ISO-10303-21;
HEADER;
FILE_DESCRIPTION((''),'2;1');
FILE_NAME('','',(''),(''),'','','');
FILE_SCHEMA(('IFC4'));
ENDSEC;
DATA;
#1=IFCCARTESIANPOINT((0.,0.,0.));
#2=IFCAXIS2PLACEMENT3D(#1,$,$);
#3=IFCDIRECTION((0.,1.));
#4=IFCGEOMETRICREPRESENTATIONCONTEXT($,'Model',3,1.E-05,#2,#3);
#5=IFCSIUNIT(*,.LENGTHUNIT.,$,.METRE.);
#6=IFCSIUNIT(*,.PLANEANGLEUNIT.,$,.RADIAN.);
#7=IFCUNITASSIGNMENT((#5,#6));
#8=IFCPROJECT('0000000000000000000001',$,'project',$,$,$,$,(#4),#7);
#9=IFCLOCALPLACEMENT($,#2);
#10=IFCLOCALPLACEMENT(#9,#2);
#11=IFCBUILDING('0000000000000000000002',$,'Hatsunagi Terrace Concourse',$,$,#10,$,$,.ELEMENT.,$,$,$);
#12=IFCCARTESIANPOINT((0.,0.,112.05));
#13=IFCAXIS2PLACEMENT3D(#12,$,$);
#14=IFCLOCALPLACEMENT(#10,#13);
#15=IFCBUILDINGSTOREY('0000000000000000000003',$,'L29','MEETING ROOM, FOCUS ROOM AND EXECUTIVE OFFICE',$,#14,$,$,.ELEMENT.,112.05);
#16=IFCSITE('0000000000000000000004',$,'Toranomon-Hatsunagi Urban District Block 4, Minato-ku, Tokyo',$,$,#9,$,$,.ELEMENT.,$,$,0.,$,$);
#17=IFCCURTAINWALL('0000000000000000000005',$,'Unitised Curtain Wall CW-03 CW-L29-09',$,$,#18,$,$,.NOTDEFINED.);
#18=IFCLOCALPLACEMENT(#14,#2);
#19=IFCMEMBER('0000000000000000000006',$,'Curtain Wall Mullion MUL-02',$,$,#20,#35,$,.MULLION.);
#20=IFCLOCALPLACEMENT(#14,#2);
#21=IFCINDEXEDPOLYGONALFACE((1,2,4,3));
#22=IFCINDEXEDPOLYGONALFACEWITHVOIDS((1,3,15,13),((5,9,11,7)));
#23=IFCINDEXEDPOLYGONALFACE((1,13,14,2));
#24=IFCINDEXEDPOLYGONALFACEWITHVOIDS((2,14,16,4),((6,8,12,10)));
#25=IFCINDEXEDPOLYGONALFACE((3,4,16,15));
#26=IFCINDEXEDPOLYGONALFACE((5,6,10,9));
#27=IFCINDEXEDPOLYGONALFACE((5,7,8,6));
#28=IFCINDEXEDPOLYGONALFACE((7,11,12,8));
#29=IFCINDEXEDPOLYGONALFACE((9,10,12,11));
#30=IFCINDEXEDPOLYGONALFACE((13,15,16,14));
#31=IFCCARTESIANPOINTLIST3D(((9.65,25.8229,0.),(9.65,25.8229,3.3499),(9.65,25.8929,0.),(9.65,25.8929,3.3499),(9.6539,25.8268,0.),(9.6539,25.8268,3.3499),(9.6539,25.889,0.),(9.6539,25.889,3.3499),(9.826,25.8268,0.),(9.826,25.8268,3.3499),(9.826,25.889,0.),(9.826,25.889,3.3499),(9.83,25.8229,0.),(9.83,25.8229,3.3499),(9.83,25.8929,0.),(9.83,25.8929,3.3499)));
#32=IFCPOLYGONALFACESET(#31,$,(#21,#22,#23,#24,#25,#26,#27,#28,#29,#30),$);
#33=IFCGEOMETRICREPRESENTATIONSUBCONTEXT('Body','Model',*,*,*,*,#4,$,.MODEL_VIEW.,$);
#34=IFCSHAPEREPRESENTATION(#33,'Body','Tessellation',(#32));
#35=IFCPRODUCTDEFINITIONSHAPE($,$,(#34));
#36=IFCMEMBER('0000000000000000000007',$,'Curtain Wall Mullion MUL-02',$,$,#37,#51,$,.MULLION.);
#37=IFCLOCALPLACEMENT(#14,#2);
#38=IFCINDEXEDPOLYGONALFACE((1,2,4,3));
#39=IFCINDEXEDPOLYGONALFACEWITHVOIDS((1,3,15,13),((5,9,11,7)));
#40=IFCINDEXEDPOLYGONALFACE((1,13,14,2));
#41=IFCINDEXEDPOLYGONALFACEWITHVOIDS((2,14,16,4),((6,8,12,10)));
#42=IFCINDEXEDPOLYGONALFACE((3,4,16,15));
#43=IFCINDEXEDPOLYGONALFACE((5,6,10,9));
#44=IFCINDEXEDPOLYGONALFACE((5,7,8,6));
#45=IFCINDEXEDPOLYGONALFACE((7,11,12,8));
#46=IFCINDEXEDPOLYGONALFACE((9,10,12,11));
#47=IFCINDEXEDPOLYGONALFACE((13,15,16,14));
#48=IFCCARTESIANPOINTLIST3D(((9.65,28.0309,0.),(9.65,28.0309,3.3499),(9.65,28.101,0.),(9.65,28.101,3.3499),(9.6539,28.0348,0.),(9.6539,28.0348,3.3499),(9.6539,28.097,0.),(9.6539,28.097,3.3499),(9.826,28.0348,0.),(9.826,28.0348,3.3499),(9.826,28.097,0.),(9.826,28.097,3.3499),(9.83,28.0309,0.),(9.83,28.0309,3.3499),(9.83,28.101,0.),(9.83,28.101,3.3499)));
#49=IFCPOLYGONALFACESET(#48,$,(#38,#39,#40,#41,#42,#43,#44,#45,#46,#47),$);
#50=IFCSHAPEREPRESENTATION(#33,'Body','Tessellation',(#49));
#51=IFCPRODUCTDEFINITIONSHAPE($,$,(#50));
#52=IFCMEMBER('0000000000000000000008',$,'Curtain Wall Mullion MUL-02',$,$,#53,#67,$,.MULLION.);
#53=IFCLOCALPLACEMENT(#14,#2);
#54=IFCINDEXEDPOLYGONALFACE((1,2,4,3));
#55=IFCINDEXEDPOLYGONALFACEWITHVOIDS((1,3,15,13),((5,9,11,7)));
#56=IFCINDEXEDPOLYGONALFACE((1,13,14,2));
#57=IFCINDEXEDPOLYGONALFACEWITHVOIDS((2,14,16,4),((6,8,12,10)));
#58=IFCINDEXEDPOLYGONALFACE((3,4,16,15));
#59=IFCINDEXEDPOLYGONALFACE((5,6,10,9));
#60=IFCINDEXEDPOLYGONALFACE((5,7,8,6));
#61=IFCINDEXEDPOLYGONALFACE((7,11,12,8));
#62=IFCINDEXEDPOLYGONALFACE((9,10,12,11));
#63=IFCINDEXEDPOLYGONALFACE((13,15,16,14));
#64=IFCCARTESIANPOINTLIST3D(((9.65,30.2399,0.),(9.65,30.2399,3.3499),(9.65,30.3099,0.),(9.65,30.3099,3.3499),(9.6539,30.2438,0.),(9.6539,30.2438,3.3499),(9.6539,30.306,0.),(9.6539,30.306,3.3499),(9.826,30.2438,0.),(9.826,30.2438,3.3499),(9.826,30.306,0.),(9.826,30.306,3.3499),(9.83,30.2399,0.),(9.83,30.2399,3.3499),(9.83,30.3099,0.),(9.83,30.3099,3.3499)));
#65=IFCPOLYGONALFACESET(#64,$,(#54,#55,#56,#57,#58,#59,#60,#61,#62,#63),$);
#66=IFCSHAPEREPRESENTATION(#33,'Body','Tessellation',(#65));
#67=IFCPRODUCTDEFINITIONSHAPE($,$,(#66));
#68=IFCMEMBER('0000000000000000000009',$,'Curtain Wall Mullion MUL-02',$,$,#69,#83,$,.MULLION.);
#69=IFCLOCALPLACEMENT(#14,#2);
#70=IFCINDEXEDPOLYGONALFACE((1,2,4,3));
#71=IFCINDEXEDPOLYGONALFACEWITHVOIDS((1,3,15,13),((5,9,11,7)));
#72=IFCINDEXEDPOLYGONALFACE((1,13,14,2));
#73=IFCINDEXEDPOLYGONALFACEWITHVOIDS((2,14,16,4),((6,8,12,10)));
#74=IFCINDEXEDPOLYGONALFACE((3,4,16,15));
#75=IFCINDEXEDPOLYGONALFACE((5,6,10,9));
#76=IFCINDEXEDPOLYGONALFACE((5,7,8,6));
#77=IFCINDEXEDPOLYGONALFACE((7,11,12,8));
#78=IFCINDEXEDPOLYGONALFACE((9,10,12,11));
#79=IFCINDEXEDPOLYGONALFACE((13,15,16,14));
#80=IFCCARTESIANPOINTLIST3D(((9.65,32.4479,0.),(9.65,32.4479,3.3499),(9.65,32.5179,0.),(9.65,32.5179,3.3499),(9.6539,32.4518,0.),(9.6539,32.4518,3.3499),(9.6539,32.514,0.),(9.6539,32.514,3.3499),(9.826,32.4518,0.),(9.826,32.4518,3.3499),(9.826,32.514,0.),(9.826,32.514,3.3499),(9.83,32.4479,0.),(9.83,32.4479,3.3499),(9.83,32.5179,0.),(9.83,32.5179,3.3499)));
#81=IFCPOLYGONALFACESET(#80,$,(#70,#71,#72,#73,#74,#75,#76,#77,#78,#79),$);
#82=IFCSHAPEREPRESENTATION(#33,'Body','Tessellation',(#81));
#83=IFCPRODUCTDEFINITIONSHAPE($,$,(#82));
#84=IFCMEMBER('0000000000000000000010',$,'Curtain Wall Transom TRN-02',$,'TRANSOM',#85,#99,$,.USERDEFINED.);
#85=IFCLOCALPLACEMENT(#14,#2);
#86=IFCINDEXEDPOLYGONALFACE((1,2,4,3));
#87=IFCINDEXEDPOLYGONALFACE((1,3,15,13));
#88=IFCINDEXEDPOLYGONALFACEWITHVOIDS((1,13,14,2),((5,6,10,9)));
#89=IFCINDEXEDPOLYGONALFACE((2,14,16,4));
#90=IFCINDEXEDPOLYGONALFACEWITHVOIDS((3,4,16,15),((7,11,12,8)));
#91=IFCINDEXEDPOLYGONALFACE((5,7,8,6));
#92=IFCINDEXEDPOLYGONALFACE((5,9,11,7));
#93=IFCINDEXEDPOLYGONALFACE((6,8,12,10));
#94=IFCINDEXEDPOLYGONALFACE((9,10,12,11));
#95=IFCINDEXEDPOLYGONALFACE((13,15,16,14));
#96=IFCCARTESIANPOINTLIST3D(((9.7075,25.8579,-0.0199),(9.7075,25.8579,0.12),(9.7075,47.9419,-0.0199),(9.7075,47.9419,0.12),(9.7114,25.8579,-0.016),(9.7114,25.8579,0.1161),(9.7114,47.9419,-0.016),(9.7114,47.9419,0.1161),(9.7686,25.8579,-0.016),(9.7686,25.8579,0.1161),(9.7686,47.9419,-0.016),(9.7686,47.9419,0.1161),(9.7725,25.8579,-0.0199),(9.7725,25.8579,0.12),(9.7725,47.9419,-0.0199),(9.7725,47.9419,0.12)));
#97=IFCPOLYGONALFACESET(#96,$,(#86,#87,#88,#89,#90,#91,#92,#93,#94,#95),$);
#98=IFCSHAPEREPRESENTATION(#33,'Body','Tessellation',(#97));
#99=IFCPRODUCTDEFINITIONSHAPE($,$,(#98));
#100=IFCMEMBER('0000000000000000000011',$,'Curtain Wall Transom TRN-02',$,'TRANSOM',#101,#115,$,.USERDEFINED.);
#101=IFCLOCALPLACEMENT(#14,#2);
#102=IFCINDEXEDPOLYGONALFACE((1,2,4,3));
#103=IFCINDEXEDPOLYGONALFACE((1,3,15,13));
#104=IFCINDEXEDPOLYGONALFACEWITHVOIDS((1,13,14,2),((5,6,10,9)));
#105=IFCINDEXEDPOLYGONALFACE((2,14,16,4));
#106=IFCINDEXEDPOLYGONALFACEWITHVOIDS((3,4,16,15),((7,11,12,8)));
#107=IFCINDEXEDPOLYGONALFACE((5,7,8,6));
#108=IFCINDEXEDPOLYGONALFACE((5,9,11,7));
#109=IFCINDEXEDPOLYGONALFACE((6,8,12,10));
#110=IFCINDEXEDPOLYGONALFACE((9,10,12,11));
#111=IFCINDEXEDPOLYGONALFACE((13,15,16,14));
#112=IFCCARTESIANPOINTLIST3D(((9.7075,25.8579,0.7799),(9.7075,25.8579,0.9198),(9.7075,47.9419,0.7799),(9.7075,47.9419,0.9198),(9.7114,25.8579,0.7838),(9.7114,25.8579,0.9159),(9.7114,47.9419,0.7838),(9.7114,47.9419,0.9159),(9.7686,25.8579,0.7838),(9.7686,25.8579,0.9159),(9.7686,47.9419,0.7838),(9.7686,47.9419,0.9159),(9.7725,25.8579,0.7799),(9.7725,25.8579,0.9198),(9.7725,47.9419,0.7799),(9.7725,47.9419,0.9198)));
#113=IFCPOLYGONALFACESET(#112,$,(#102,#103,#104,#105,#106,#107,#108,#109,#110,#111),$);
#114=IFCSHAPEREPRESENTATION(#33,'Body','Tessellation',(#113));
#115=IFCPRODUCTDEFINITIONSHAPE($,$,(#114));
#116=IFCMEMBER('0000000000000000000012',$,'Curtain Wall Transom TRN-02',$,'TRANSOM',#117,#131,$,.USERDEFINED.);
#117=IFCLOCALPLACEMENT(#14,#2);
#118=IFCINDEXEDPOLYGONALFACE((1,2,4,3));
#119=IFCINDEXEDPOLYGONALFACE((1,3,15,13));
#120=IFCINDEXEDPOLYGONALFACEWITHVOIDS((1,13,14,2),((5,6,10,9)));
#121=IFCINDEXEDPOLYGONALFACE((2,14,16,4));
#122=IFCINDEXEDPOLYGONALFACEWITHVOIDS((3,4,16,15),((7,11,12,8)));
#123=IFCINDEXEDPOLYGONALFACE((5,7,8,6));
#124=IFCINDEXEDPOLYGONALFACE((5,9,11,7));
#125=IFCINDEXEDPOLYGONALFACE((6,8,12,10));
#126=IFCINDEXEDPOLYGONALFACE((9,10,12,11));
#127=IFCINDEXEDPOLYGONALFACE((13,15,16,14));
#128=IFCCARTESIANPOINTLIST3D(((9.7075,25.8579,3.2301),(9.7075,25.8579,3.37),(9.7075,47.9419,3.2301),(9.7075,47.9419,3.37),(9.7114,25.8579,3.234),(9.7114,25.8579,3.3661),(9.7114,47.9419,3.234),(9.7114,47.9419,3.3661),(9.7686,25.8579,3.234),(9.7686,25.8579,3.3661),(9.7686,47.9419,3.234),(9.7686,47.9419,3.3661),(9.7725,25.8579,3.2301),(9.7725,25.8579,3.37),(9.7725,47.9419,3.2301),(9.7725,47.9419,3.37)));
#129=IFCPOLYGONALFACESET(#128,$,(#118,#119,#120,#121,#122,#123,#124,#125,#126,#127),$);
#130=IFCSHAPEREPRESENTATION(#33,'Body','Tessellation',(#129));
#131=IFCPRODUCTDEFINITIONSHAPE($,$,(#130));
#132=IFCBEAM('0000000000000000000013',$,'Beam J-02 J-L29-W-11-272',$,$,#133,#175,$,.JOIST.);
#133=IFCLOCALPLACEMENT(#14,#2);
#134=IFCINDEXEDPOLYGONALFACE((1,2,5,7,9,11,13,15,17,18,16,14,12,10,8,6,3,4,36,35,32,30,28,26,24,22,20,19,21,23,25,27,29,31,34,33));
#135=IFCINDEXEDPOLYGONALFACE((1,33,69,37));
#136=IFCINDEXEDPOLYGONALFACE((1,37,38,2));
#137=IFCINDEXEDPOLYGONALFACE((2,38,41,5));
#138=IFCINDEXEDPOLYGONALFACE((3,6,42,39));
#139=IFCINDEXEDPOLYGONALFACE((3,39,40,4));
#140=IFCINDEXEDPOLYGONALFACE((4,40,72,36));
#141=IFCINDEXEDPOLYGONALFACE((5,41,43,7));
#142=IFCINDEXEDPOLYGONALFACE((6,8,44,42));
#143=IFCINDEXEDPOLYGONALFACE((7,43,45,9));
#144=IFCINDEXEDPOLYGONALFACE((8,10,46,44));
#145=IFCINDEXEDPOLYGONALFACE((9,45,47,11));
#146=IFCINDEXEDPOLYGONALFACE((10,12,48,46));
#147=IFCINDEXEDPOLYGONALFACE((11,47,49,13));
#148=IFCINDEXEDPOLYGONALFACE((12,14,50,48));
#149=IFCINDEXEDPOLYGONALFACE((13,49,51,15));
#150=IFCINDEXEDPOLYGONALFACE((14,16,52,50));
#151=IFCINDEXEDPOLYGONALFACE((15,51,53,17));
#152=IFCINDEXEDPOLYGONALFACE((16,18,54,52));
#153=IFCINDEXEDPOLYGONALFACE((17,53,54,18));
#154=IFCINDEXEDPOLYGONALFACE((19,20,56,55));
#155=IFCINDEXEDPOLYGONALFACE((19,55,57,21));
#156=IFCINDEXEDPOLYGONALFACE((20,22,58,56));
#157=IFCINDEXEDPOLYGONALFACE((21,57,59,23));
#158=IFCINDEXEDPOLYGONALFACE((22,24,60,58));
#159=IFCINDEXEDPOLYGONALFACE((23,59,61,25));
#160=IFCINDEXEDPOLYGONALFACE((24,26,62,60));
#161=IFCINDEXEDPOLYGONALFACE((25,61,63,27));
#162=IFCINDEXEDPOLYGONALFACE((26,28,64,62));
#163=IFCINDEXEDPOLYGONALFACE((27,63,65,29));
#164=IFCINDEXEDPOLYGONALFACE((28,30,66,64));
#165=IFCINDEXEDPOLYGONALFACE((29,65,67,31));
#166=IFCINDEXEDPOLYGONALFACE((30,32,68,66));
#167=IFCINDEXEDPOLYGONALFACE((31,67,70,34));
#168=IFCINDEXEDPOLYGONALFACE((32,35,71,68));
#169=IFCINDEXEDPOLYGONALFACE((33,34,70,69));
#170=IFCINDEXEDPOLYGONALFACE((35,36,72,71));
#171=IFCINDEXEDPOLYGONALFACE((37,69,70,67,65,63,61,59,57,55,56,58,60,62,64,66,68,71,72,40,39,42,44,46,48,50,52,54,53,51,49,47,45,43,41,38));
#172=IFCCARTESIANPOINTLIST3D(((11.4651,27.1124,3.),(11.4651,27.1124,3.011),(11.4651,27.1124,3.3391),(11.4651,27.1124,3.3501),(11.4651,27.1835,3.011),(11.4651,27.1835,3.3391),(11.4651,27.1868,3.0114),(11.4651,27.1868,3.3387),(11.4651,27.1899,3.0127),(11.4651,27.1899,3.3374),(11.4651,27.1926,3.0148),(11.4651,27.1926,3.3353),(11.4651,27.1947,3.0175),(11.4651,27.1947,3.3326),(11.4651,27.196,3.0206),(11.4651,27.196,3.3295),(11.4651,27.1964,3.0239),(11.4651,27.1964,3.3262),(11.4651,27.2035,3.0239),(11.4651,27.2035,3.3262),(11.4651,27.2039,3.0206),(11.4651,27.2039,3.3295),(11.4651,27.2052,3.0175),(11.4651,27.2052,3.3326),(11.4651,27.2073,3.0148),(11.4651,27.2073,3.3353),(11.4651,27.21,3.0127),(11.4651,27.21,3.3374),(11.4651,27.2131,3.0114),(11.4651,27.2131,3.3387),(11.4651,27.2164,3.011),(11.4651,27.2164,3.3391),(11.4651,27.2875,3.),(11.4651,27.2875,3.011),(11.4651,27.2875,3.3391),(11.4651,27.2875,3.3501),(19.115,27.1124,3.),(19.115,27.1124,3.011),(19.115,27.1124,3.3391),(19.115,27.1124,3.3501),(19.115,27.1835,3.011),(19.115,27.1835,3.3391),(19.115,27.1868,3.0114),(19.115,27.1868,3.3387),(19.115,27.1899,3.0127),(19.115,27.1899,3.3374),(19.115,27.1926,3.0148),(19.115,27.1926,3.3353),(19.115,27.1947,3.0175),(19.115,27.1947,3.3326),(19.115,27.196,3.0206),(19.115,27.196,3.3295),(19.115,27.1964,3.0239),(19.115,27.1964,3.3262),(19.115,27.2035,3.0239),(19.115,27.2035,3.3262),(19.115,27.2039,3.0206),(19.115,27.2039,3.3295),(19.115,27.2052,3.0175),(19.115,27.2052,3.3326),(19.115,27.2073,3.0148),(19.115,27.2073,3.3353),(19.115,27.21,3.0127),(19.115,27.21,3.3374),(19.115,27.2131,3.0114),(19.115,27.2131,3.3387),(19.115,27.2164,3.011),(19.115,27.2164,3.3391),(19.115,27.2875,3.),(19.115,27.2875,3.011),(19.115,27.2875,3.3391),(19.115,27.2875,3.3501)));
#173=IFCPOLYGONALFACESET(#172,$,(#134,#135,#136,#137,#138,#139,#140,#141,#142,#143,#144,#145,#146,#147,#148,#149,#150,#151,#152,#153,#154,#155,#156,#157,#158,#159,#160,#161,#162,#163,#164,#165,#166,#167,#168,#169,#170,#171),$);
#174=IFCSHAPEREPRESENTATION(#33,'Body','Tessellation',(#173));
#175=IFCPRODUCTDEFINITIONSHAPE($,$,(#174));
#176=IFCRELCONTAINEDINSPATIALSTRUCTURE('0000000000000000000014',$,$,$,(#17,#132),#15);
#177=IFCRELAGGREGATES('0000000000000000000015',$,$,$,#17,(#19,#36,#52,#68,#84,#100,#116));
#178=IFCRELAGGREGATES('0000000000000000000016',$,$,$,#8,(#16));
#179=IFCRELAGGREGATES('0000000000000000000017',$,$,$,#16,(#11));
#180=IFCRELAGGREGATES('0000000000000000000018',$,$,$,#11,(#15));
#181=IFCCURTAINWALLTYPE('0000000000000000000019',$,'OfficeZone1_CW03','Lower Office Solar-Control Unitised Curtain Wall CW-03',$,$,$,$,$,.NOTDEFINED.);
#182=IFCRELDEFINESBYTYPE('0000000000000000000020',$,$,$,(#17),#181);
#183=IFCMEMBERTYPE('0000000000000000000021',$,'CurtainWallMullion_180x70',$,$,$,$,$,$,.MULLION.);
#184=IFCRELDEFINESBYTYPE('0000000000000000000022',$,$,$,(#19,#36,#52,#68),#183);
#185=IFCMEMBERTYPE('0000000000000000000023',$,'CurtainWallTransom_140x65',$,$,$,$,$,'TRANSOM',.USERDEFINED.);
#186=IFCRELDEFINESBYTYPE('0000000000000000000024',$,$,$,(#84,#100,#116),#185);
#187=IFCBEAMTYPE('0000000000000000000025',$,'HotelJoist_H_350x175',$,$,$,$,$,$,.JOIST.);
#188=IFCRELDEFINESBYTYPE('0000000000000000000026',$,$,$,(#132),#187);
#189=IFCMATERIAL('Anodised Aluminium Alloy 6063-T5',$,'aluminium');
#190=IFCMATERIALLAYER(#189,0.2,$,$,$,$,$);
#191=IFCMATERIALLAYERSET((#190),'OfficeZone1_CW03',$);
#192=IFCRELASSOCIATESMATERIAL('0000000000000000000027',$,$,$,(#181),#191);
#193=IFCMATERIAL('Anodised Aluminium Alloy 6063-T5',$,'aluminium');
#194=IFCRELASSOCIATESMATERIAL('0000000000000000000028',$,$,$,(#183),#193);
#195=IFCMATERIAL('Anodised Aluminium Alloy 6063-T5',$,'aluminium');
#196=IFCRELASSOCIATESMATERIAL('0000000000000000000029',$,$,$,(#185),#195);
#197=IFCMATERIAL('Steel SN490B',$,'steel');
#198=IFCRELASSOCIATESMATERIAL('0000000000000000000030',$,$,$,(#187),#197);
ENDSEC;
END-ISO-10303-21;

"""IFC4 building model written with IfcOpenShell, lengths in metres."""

from ifc_helpers import new_model, si_unit, direction, frame, origin, origin_2d, place, context, subcontext, project, spatial, hollow_rectangle, i_section, extrude, material, layer, layer_set, material_profile, profile_set, type_object, element, aggregate, save


model = new_model("IFC4")

# Units and contexts
model_context = context("Model", 3, precision=1e-05, world=origin(), true_north=direction((0.0, 1.0)))
body_context = subcontext(model_context, "Body", "Model", "MODEL_VIEW")
ifc_project = project(units=[si_unit("LENGTHUNIT", "METRE"), si_unit("PLANEANGLEUNIT", "RADIAN")], contexts=[model_context])

# Site, building, storey
site_placement = place(None, origin())
site = spatial("IfcSite", under=ifc_project, at=site_placement, Name="Toranomon-Hatsunagi Urban District Block 4, Minato-ku, Tokyo", CompositionType="ELEMENT", RefElevation=0.0)
building_placement = place(site_placement, origin())
building = spatial("IfcBuilding", under=site, at=building_placement, Name="Hatsunagi Terrace Concourse", CompositionType="ELEMENT")
storey_placement = place(building_placement, frame((0.0, 0.0, 112.05)))
storey = spatial("IfcBuildingStorey", under=building, at=storey_placement, Name="L29", Description="MEETING ROOM, FOCUS ROOM AND EXECUTIVE OFFICE", CompositionType="ELEMENT", Elevation=112.05)

# Curtain wall, members
ifc_material_1 = material(Name="Anodised Aluminium Alloy 6063-T5", Category="aluminium")
ifc_layer_1 = layer(ifc_material_1, 0.2)
ifc_layer_set_1 = layer_set([ifc_layer_1], Name="OfficeZone1_CW03")
curtain_wall_type = type_object("IfcCurtainWallType", Name="OfficeZone1_CW03", Description="Lower Office Solar-Control Unitised Curtain Wall CW-03", PredefinedType="NOTDEFINED", material=ifc_layer_set_1)
curtain_wall_placement = place(storey_placement, origin())
curtain_wall = element("IfcCurtainWall", 1, at=curtain_wall_placement, inside=storey, type_object=curtain_wall_type, Name="Unitised Curtain Wall CW-03 CW-L29-09", PredefinedType="NOTDEFINED")
ifc_material_2 = material(Name="Anodised Aluminium Alloy 6063-T5", Category="aluminium")
ifc_material_profile_1 = material_profile(ifc_material_2, hollow_rectangle(XDim=0.0701, YDim=0.1799, WallThickness=0.0039, at=origin_2d()), Name="ALU-MUL-180x70x4")
ifc_profile_set_1 = profile_set([ifc_material_profile_1], Name="Anodised Aluminium Alloy 6063-T5")
member_type_1 = type_object("IfcMemberType", Name="CurtainWallMullion_180x70", PredefinedType="MULLION", material=ifc_profile_set_1)
member_1_placement = place(storey_placement, frame((9.74, 25.8579, 0.0), z_axis=(0.0, 0.0, 1.0), x_axis=(0.0, 1.0, 0.0)))
member_1 = element("IfcMember", 2, at=member_1_placement, type_object=member_type_1, Name="Curtain Wall Mullion MUL-02", PredefinedType="MULLION", context=body_context, shape_type="SweptSolid", body=[
    extrude(hollow_rectangle(XDim=0.0701, YDim=0.1799, WallThickness=0.0039, at=origin_2d()), origin(), (0.0, 0.0, 1.0), 3.3499),
])
member_2_placement = place(storey_placement, frame((9.74, 28.0659, 0.0), z_axis=(0.0, 0.0, 1.0), x_axis=(0.0, 1.0, 0.0)))
member_2 = element("IfcMember", 3, at=member_2_placement, type_object=member_type_1, Name="Curtain Wall Mullion MUL-02", PredefinedType="MULLION", context=body_context, shape_type="SweptSolid", body=[
    extrude(hollow_rectangle(XDim=0.0701, YDim=0.1799, WallThickness=0.0039, at=origin_2d()), origin(), (0.0, 0.0, 1.0), 3.3499),
])
member_3_placement = place(storey_placement, frame((9.74, 30.2749, 0.0), z_axis=(0.0, 0.0, 1.0), x_axis=(0.0, 1.0, 0.0)))
member_3 = element("IfcMember", 4, at=member_3_placement, type_object=member_type_1, Name="Curtain Wall Mullion MUL-02", PredefinedType="MULLION", context=body_context, shape_type="SweptSolid", body=[
    extrude(hollow_rectangle(XDim=0.0701, YDim=0.1799, WallThickness=0.0039, at=origin_2d()), origin(), (0.0, 0.0, 1.0), 3.3499),
])
member_4_placement = place(storey_placement, frame((9.74, 32.4829, 0.0), z_axis=(0.0, 0.0, 1.0), x_axis=(0.0, 1.0, 0.0)))
member_4 = element("IfcMember", 5, at=member_4_placement, type_object=member_type_1, Name="Curtain Wall Mullion MUL-02", PredefinedType="MULLION", context=body_context, shape_type="SweptSolid", body=[
    extrude(hollow_rectangle(XDim=0.0701, YDim=0.1799, WallThickness=0.0039, at=origin_2d()), origin(), (0.0, 0.0, 1.0), 3.3499),
])
ifc_material_3 = material(Name="Anodised Aluminium Alloy 6063-T5", Category="aluminium")
ifc_material_profile_2 = material_profile(ifc_material_3, hollow_rectangle(XDim=0.0649, YDim=0.1399, WallThickness=0.0039, at=origin_2d()), Name="ALU-TRN-140x65x4")
ifc_profile_set_2 = profile_set([ifc_material_profile_2], Name="Anodised Aluminium Alloy 6063-T5")
member_type_2 = type_object("IfcMemberType", Name="CurtainWallTransom_140x65", ElementType="TRANSOM", PredefinedType="USERDEFINED", material=ifc_profile_set_2)
member_5_placement = place(storey_placement, frame((9.74, 25.8579, 0.05), z_axis=(0.0, 1.0, 0.0), x_axis=(-1.0, 0.0, 0.0)))
member_5 = element("IfcMember", 6, at=member_5_placement, type_object=member_type_2, Name="Curtain Wall Transom TRN-02", ObjectType="TRANSOM", PredefinedType="USERDEFINED", context=body_context, shape_type="SweptSolid", body=[
    extrude(hollow_rectangle(XDim=0.0649, YDim=0.1399, WallThickness=0.0039, at=origin_2d()), origin(), (0.0, 0.0, 1.0), 22.084),
])
member_6_placement = place(storey_placement, frame((9.74, 25.8579, 0.8499), z_axis=(0.0, 1.0, 0.0), x_axis=(-1.0, 0.0, 0.0)))
member_6 = element("IfcMember", 7, at=member_6_placement, type_object=member_type_2, Name="Curtain Wall Transom TRN-02", ObjectType="TRANSOM", PredefinedType="USERDEFINED", context=body_context, shape_type="SweptSolid", body=[
    extrude(hollow_rectangle(XDim=0.0649, YDim=0.1399, WallThickness=0.0039, at=origin_2d()), origin(), (0.0, 0.0, 1.0), 22.084),
])
member_7_placement = place(storey_placement, frame((9.74, 25.8579, 3.3), z_axis=(0.0, 1.0, 0.0), x_axis=(-1.0, 0.0, 0.0)))
member_7 = element("IfcMember", 8, at=member_7_placement, type_object=member_type_2, Name="Curtain Wall Transom TRN-02", ObjectType="TRANSOM", PredefinedType="USERDEFINED", context=body_context, shape_type="SweptSolid", body=[
    extrude(hollow_rectangle(XDim=0.0649, YDim=0.1399, WallThickness=0.0039, at=origin_2d()), origin(), (0.0, 0.0, 1.0), 22.084),
])

# Beam
ifc_material_4 = material(Name="Steel SN490B", Category="steel")
ifc_material_profile_3 = material_profile(ifc_material_4, i_section(OverallWidth=0.175, OverallDepth=0.3501, WebThickness=0.0071, FlangeThickness=0.011, FilletRadius=0.0129, at=origin_2d()), Name="H-350x175x7x11")
ifc_profile_set_3 = profile_set([ifc_material_profile_3], Name="Steel SN490B")
beam_type_1 = type_object("IfcBeamType", Name="HotelJoist_H_350x175", PredefinedType="JOIST", material=ifc_profile_set_3)
for number, where, z_axis, x_axis, name in (
    (9, (11.4651, 27.2, 3.175), (1.0, 0.0, 0.0), (0.0, 1.0, 0.0), "Beam J-02 J-L29-W-11-272"),
):
    element("IfcBeam", number, at=place(storey_placement, frame(where, z_axis=z_axis, x_axis=x_axis)), inside=storey, type_object=beam_type_1, Name=name, PredefinedType="JOIST", context=body_context, shape_type="SweptSolid", body=[
        extrude(i_section(OverallWidth=0.175, OverallDepth=0.3501, WebThickness=0.0071, FlangeThickness=0.011, FilletRadius=0.0129, at=origin_2d()), origin(), (0.0, 0.0, 1.0), 7.6499),
    ])

aggregate(curtain_wall, [member_1, member_2, member_3, member_4, member_5, member_6, member_7])

save(model, "model.ifc")
